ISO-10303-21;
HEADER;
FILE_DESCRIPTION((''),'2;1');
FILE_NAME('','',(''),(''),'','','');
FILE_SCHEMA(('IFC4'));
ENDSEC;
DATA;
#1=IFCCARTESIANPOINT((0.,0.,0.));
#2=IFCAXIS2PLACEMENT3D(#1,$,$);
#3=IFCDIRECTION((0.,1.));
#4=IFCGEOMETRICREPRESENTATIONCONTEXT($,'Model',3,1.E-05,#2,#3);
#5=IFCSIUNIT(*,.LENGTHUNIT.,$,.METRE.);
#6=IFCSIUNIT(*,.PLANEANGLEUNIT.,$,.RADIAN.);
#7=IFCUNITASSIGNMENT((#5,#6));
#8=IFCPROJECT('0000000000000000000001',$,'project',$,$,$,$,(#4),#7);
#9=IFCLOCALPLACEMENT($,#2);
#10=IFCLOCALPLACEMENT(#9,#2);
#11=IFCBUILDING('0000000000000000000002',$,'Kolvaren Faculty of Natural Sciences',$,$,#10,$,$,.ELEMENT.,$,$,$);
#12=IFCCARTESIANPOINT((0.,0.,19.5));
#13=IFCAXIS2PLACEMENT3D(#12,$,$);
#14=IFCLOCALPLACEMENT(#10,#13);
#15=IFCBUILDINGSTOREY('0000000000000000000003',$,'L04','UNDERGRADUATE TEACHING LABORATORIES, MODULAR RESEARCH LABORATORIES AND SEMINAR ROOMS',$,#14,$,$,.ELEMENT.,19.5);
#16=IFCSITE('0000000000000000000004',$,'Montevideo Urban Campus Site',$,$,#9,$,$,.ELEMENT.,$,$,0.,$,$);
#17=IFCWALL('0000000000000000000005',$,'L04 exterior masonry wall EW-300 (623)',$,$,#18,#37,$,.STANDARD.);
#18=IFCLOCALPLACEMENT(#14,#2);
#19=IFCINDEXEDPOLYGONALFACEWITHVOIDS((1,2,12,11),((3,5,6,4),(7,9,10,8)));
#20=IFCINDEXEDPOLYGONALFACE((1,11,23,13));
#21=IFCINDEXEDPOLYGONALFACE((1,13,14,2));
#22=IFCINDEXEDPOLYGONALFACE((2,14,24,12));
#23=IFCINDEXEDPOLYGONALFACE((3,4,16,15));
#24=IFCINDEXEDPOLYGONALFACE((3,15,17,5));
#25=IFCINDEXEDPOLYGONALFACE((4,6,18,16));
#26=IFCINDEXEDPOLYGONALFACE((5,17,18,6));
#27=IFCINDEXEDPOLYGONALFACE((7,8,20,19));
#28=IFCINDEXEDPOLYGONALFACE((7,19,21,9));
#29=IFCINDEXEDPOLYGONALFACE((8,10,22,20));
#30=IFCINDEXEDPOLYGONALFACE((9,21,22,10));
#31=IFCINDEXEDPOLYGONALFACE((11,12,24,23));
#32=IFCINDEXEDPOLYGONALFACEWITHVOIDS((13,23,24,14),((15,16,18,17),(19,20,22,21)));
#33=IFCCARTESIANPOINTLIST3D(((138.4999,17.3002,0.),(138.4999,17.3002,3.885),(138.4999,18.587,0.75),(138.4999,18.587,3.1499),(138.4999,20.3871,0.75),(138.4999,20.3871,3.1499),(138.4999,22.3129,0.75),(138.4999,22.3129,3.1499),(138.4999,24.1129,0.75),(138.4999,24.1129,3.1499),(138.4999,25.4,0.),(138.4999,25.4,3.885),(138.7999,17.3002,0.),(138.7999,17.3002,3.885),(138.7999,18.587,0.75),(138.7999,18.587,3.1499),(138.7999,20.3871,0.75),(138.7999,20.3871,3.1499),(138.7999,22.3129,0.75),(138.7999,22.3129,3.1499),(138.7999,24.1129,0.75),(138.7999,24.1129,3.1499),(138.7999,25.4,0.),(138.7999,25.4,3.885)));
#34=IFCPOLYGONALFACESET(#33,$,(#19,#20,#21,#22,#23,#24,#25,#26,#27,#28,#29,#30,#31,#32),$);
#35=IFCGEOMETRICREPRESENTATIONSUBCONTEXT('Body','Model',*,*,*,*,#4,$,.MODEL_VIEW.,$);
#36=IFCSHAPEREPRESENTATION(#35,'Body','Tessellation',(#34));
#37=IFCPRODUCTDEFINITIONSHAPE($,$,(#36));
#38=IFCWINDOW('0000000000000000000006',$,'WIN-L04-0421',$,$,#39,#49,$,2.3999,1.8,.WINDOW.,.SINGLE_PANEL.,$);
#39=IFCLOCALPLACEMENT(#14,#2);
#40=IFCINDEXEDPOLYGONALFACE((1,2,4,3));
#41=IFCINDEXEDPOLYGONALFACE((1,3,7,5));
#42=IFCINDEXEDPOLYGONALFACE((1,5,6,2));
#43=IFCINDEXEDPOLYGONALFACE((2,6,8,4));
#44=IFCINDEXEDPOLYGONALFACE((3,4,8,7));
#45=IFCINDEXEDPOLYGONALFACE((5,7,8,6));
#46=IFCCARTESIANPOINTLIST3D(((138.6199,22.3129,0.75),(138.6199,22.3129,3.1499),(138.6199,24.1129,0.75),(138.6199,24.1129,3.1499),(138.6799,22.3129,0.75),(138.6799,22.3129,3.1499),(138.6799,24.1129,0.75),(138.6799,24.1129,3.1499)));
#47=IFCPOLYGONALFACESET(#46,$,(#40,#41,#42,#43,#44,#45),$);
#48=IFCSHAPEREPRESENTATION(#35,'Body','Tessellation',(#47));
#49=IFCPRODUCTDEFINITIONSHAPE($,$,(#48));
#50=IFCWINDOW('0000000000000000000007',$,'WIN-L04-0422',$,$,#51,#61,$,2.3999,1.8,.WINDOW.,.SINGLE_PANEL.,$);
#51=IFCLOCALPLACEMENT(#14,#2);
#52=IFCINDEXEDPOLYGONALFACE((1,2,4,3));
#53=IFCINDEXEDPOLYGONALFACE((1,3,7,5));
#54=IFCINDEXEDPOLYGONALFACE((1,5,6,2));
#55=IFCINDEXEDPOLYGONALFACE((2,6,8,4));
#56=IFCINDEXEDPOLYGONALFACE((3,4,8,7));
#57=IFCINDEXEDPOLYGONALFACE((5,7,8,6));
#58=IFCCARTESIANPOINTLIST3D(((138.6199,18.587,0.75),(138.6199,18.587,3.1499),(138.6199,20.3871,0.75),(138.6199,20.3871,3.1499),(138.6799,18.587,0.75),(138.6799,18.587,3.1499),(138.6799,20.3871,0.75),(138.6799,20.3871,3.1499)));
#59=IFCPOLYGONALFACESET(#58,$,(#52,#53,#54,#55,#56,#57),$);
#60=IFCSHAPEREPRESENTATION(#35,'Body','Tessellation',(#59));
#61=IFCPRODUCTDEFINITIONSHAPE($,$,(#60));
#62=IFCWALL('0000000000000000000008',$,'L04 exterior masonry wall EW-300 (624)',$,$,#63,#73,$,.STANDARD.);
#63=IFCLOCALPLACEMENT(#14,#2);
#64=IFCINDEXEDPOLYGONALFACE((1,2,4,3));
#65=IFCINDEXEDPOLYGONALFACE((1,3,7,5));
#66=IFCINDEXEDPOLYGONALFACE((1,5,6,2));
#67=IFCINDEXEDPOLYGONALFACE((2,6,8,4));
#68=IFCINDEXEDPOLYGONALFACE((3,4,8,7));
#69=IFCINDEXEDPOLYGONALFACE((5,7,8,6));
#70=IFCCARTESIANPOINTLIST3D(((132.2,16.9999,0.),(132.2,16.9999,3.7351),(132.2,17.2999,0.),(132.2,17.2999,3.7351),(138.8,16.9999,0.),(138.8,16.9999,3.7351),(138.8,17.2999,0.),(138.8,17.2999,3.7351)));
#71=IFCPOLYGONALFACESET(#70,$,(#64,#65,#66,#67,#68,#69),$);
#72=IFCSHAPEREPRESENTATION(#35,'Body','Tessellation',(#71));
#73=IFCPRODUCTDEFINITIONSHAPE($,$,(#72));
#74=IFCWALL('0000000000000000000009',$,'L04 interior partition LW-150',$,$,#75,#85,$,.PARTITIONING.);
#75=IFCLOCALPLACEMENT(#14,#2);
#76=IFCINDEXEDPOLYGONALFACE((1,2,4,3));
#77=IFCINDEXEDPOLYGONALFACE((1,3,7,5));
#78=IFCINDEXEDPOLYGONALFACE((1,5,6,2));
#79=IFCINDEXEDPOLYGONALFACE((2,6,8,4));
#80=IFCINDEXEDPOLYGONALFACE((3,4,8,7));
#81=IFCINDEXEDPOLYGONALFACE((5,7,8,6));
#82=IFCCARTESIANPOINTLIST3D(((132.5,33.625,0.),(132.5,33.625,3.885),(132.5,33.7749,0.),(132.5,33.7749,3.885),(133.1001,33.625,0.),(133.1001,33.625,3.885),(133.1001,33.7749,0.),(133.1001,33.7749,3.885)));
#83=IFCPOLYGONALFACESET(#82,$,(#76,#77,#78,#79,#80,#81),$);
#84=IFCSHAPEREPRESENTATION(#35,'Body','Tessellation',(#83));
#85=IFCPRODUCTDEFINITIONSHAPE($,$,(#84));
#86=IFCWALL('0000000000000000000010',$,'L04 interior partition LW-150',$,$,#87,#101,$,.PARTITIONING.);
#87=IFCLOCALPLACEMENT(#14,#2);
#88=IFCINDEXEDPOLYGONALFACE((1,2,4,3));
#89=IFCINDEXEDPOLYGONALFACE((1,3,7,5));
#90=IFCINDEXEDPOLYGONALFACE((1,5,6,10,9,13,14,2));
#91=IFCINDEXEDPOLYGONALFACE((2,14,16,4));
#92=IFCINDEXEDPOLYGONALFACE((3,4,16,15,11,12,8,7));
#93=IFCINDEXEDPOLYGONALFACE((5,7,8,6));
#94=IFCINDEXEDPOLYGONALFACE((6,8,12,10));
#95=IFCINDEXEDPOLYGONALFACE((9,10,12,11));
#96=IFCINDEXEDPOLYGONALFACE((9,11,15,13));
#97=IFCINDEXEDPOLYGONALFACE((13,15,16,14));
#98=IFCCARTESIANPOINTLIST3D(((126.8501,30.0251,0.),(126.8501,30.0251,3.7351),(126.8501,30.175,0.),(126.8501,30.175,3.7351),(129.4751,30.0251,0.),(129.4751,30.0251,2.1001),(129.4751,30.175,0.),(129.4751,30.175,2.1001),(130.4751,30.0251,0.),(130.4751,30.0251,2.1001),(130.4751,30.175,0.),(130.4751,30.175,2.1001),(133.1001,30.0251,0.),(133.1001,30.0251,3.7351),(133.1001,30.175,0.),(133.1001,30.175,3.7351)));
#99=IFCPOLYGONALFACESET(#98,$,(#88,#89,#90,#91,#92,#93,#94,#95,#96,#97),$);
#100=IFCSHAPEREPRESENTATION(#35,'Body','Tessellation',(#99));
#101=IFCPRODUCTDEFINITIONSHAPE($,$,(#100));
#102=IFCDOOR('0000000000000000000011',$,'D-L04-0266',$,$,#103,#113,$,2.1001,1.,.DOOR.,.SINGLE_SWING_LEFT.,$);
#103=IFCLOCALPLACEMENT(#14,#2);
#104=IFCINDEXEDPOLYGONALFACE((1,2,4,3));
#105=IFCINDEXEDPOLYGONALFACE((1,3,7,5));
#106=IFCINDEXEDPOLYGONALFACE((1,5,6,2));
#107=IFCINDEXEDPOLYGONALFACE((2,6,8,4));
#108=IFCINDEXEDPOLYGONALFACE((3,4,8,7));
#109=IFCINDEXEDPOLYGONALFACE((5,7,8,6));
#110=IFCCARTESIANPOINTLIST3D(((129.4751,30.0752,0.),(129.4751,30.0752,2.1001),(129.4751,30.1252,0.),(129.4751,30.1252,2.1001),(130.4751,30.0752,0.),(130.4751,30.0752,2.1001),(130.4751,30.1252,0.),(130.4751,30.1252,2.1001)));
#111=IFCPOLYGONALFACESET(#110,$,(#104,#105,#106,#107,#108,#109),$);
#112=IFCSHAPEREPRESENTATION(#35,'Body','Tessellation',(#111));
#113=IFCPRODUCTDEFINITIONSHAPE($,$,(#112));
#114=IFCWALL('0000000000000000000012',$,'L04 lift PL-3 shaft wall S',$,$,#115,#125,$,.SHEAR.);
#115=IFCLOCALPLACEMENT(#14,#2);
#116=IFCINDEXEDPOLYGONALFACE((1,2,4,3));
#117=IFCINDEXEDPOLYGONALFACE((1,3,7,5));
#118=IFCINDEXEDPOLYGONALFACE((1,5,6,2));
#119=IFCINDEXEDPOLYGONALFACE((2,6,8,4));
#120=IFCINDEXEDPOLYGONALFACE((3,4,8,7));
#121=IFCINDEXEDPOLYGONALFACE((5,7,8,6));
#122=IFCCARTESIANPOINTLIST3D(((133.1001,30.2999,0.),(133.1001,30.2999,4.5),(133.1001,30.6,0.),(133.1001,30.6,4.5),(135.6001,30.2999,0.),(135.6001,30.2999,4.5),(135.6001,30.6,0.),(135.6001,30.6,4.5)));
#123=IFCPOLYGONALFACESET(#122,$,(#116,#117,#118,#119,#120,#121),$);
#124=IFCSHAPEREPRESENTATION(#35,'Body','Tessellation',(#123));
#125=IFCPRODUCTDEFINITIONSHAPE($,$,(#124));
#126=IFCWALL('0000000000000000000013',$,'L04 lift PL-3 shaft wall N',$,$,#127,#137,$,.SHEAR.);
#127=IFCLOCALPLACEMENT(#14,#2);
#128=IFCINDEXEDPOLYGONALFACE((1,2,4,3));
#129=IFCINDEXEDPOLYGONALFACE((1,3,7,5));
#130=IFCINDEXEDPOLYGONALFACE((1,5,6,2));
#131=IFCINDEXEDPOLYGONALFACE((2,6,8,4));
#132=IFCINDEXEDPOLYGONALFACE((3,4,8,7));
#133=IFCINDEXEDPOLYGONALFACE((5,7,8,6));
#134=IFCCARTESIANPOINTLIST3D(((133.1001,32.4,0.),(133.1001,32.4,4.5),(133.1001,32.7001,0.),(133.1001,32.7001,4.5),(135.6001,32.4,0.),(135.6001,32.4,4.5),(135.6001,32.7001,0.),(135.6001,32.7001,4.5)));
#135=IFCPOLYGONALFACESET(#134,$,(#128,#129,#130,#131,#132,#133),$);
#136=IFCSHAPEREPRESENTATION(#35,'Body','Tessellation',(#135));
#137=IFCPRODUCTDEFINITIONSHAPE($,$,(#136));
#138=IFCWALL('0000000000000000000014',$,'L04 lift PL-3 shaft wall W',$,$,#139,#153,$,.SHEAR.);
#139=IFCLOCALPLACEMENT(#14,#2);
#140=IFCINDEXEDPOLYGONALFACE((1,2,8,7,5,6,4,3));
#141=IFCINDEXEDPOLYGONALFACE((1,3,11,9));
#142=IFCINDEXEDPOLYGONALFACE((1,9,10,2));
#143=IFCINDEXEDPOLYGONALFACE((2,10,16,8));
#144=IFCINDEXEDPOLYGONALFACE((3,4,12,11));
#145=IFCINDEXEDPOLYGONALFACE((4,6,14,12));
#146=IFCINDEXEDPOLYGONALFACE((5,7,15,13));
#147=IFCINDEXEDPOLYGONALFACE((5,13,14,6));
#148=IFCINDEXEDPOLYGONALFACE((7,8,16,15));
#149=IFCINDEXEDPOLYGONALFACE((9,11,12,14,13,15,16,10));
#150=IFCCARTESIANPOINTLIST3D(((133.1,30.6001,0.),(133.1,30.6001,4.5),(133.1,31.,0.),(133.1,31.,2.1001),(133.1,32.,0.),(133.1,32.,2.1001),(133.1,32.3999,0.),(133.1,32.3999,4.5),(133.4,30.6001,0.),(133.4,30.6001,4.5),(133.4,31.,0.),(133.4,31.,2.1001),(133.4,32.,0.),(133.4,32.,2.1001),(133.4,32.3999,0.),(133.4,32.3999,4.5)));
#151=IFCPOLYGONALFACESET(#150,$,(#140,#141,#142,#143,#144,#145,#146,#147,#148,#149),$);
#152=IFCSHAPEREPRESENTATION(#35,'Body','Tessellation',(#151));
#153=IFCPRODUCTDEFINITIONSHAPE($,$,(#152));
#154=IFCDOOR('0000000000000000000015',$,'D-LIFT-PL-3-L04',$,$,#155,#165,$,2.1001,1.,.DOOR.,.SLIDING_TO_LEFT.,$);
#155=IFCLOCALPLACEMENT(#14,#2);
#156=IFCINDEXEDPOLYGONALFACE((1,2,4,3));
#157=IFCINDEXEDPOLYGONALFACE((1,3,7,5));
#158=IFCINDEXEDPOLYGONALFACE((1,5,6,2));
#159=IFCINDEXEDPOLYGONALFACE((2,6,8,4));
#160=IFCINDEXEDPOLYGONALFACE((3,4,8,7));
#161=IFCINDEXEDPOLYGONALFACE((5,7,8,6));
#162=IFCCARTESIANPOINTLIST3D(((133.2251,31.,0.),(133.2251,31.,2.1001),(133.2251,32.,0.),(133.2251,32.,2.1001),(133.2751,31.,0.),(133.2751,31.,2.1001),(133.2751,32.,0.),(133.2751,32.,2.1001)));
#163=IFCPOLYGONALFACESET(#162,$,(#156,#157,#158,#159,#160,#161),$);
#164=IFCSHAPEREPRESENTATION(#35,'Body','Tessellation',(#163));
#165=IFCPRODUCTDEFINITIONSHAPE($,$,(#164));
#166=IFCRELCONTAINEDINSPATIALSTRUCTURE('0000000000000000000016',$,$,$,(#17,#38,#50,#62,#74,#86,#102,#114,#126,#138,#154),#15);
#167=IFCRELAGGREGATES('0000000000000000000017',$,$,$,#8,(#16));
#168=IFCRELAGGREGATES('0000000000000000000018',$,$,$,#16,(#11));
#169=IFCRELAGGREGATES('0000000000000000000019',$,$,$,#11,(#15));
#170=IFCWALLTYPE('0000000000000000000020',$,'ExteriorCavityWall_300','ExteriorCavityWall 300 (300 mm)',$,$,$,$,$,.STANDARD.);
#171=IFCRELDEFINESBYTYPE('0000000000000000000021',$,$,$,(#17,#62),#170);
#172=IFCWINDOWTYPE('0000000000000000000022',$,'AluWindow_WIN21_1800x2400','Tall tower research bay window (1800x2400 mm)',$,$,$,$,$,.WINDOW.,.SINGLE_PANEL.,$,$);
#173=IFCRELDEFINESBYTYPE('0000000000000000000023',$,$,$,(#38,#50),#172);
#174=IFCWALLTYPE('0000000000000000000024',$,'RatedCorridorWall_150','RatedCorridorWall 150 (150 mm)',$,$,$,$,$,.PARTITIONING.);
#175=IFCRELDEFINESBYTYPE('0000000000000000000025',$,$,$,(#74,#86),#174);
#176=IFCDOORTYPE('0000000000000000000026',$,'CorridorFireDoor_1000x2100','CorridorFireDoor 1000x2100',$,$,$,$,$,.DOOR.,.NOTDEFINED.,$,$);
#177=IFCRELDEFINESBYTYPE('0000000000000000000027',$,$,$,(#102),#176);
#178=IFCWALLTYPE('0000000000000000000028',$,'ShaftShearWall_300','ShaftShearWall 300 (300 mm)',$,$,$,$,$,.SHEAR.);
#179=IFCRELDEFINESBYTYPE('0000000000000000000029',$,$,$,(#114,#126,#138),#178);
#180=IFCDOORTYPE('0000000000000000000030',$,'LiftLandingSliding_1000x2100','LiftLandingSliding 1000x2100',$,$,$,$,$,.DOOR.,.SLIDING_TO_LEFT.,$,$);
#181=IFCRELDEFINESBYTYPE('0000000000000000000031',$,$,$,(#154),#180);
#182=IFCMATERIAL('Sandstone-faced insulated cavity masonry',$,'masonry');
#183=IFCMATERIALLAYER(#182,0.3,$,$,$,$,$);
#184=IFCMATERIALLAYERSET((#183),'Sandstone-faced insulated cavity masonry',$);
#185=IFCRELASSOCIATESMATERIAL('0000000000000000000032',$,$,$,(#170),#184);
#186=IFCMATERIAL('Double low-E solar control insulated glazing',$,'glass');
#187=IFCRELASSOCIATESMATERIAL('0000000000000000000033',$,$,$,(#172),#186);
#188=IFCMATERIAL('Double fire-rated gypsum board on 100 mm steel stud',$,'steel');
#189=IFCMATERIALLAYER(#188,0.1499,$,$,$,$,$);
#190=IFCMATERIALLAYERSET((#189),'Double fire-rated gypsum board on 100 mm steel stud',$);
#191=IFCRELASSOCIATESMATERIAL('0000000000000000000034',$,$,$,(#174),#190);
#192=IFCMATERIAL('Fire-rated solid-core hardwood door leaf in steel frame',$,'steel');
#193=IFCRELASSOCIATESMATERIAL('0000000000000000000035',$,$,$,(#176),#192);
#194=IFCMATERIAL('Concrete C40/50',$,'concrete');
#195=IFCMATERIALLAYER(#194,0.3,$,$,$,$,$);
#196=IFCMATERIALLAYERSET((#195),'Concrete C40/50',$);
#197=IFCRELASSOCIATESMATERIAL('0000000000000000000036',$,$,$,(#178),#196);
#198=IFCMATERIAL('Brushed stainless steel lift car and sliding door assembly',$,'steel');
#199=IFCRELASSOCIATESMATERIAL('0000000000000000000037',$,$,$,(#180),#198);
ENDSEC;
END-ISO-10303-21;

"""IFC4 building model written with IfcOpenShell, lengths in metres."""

from ifc_helpers import new_model, si_unit, direction, frame, frame_2d, origin, place, context, subcontext, project, spatial, rectangle, extrude, material, layer, layer_set, type_object, element, fill, save


model = new_model("IFC4")

# Units and contexts
model_context = context("Model", 3, precision=1e-05, world=origin(), true_north=direction((0.0, 1.0)))
body_context = subcontext(model_context, "Body", "Model", "MODEL_VIEW")
ifc_project = project(units=[si_unit("LENGTHUNIT", "METRE"), si_unit("PLANEANGLEUNIT", "RADIAN")], contexts=[model_context])

# Site, building, storey
site_placement = place(None, origin())
site = spatial("IfcSite", under=ifc_project, at=site_placement, Name="Montevideo Urban Campus Site", CompositionType="ELEMENT", RefElevation=0.0)
building_placement = place(site_placement, origin())
building = spatial("IfcBuilding", under=site, at=building_placement, Name="Kolvaren Faculty of Natural Sciences", CompositionType="ELEMENT")
storey_placement = place(building_placement, frame((0.0, 0.0, 19.5)))
storey = spatial("IfcBuildingStorey", under=building, at=storey_placement, Name="L04", Description="UNDERGRADUATE TEACHING LABORATORIES, MODULAR RESEARCH LABORATORIES AND SEMINAR ROOMS", CompositionType="ELEMENT", Elevation=19.5)

# Wall, openings, windows
ifc_material_1 = material(Name="Sandstone-faced insulated cavity masonry", Category="masonry")
ifc_layer_1 = layer(ifc_material_1, 0.3)
ifc_layer_set_1 = layer_set([ifc_layer_1], Name="Sandstone-faced insulated cavity masonry")
wall_type_1 = type_object("IfcWallType", Name="ExteriorCavityWall_300", Description="ExteriorCavityWall 300 (300 mm)", PredefinedType="STANDARD", material=ifc_layer_set_1)
ifc_material_2 = material(Name="Double low-E solar control insulated glazing", Category="glass")
wall_1_placement = place(storey_placement, frame((138.6499, 25.3999, 0.0), z_axis=(0.0, 0.0, 1.0), x_axis=(0.0, -1.0, 0.0)))
wall_1 = element("IfcWall", 1, at=wall_1_placement, inside=storey, type_object=wall_type_1, Name="L04 exterior masonry wall EW-300 (623)", PredefinedType="STANDARD", context=body_context, shape_type="SweptSolid", body=[
    extrude(rectangle(XDim=8.0999, YDim=0.3, at=frame_2d((4.0498, 0.0))), origin(), (0.0, 0.0, 1.0), 3.885),
])
opening_1_placement = place(wall_1_placement, frame((1.2871, 0.0, 0.75)))
opening_1 = element("IfcOpeningElement", 2, at=opening_1_placement, cuts=wall_1, PredefinedType="OPENING", context=body_context, shape_type="SweptSolid", body=[
    extrude(rectangle(XDim=1.8, YDim=2.3999, at=frame_2d((0.8999, 1.2))), frame((0.0, 0.1599, 0.0), z_axis=(0.0, -1.0, 0.0), x_axis=(1.0, 0.0, 0.0)), (0.0, 0.0, 1.0), 0.3201),
])
opening_2_placement = place(wall_1_placement, frame((5.0129, 0.0, 0.75)))
opening_2 = element("IfcOpeningElement", 3, at=opening_2_placement, cuts=wall_1, PredefinedType="OPENING", context=body_context, shape_type="SweptSolid", body=[
    extrude(rectangle(XDim=1.8, YDim=2.3999, at=frame_2d((0.8999, 1.2))), frame((0.0, 0.1599, 0.0), z_axis=(0.0, -1.0, 0.0), x_axis=(1.0, 0.0, 0.0)), (0.0, 0.0, 1.0), 0.3201),
])
window_type_1 = type_object("IfcWindowType", Name="AluWindow_WIN21_1800x2400", Description="Tall tower research bay window (1800x2400 mm)", PartitioningType="SINGLE_PANEL", PredefinedType="WINDOW", material=ifc_material_2)
window_1_placement = place(opening_1_placement, origin())
window_1 = element("IfcWindow", 4, at=window_1_placement, inside=storey, type_object=window_type_1, Name="WIN-L04-0421", OverallHeight=2.3999, OverallWidth=1.8, PartitioningType="SINGLE_PANEL", PredefinedType="WINDOW", context=body_context, shape_type="SweptSolid", body=[
    extrude(rectangle(XDim=1.8, YDim=2.3999, at=frame_2d((0.8999, 1.2))), frame((0.0, 0.03, 0.0), z_axis=(0.0, -1.0, 0.0), x_axis=(1.0, 0.0, 0.0)), (0.0, 0.0, 1.0), 0.0601),
])
fill(opening_1, window_1)
window_2_placement = place(opening_2_placement, origin())
window_2 = element("IfcWindow", 5, at=window_2_placement, inside=storey, type_object=window_type_1, Name="WIN-L04-0422", OverallHeight=2.3999, OverallWidth=1.8, PartitioningType="SINGLE_PANEL", PredefinedType="WINDOW", context=body_context, shape_type="SweptSolid", body=[
    extrude(rectangle(XDim=1.8, YDim=2.3999, at=frame_2d((0.8999, 1.2))), frame((0.0, 0.03, 0.0), z_axis=(0.0, -1.0, 0.0), x_axis=(1.0, 0.0, 0.0)), (0.0, 0.0, 1.0), 0.0601),
])
fill(opening_2, window_2)

# Walls
wall_2_placement = place(storey_placement, frame((138.8, 17.1499, 0.0), z_axis=(0.0, 0.0, 1.0), x_axis=(-1.0, 0.0, 0.0)))
element("IfcWall", 6, at=wall_2_placement, inside=storey, type_object=wall_type_1, Name="L04 exterior masonry wall EW-300 (624)", PredefinedType="STANDARD", context=body_context, shape_type="SweptSolid", body=[
    extrude(rectangle(XDim=6.6001, YDim=0.3, at=frame_2d((3.3, 0.0))), origin(), (0.0, 0.0, 1.0), 3.7351),
])
ifc_material_3 = material(Name="Double fire-rated gypsum board on 100 mm steel stud", Category="steel")
ifc_layer_2 = layer(ifc_material_3, 0.1499)
ifc_layer_set_2 = layer_set([ifc_layer_2], Name="Double fire-rated gypsum board on 100 mm steel stud")
wall_type_2 = type_object("IfcWallType", Name="RatedCorridorWall_150", Description="RatedCorridorWall 150 (150 mm)", PredefinedType="PARTITIONING", material=ifc_layer_set_2)
wall_3_placement = place(storey_placement, frame((132.5, 33.7, 0.0), z_axis=(0.0, 0.0, 1.0), x_axis=(1.0, 0.0, 0.0)))
element("IfcWall", 7, at=wall_3_placement, inside=storey, type_object=wall_type_2, Name="L04 interior partition LW-150", PredefinedType="PARTITIONING", context=body_context, shape_type="SweptSolid", body=[
    extrude(rectangle(XDim=0.6001, YDim=0.1499, at=frame_2d((0.3, 0.0))), origin(), (0.0, 0.0, 1.0), 3.885),
])

# Wall, opening, door
wall_4_placement = place(storey_placement, frame((133.1001, 30.1001, 0.0), z_axis=(0.0, 0.0, 1.0), x_axis=(-1.0, 0.0, 0.0)))
wall_4 = element("IfcWall", 8, at=wall_4_placement, inside=storey, type_object=wall_type_2, Name="L04 interior partition LW-150", PredefinedType="PARTITIONING", context=body_context, shape_type="SweptSolid", body=[
    extrude(rectangle(XDim=6.25, YDim=0.1499, at=frame_2d((3.125, 0.0))), origin(), (0.0, 0.0, 1.0), 3.7351),
])
opening_3_placement = place(wall_4_placement, frame((2.625, 0.0, 0.0)))
opening_3 = element("IfcOpeningElement", 9, at=opening_3_placement, cuts=wall_4, PredefinedType="OPENING", context=body_context, shape_type="SweptSolid", body=[
    extrude(rectangle(XDim=1.0, YDim=2.1001, at=frame_2d((0.5, 1.05))), frame((0.0, 0.085, 0.0), z_axis=(0.0, -1.0, 0.0), x_axis=(1.0, 0.0, 0.0)), (0.0, 0.0, 1.0), 0.1699),
])
ifc_material_4 = material(Name="Fire-rated solid-core hardwood door leaf in steel frame", Category="steel")
door_type_1 = type_object("IfcDoorType", Name="CorridorFireDoor_1000x2100", Description="CorridorFireDoor 1000x2100", OperationType="NOTDEFINED", PredefinedType="DOOR", material=ifc_material_4)
door_1_placement = place(opening_3_placement, origin())
door_1 = element("IfcDoor", 10, at=door_1_placement, inside=storey, type_object=door_type_1, Name="D-L04-0266", OperationType="SINGLE_SWING_LEFT", OverallHeight=2.1001, OverallWidth=1.0, PredefinedType="DOOR", context=body_context, shape_type="SweptSolid", body=[
    extrude(rectangle(XDim=1.0, YDim=2.1001, at=frame_2d((0.5, 1.05))), frame((0.0, 0.0249, 0.0), z_axis=(0.0, -1.0, 0.0), x_axis=(1.0, 0.0, 0.0)), (0.0, 0.0, 1.0), 0.05),
])
fill(opening_3, door_1)

# Walls
ifc_material_5 = material(Name="Concrete C40/50", Category="concrete")
ifc_layer_3 = layer(ifc_material_5, 0.3)
ifc_layer_set_3 = layer_set([ifc_layer_3], Name="Concrete C40/50")
wall_type_3 = type_object("IfcWallType", Name="ShaftShearWall_300", Description="ShaftShearWall 300 (300 mm)", PredefinedType="SHEAR", material=ifc_layer_set_3)
for number, where, z_axis, x_axis, name in (
    (11, (133.1001, 30.45, 0.0), (0.0, 0.0, 1.0), (1.0, 0.0, 0.0), "L04 lift PL-3 shaft wall S"),
    (12, (133.1001, 32.55, 0.0), (0.0, 0.0, 1.0), (1.0, 0.0, 0.0), "L04 lift PL-3 shaft wall N"),
):
    element("IfcWall", number, at=place(storey_placement, frame(where, z_axis=z_axis, x_axis=x_axis)), inside=storey, type_object=wall_type_3, Name=name, PredefinedType="SHEAR", context=body_context, shape_type="SweptSolid", body=[
        extrude(rectangle(XDim=2.5, YDim=0.3, at=frame_2d((1.25, 0.0))), origin(), (0.0, 0.0, 1.0), 4.5),
    ])

# Wall, opening, door
wall_5_placement = place(storey_placement, frame((133.25, 30.6001, 0.0), z_axis=(0.0, 0.0, 1.0), x_axis=(0.0, 1.0, 0.0)))
wall_5 = element("IfcWall", 13, at=wall_5_placement, inside=storey, type_object=wall_type_3, Name="L04 lift PL-3 shaft wall W", PredefinedType="SHEAR", context=body_context, shape_type="SweptSolid", body=[
    extrude(rectangle(XDim=1.7998, YDim=0.3, at=frame_2d((0.8999, 0.0))), origin(), (0.0, 0.0, 1.0), 4.5),
])
opening_4_placement = place(wall_5_placement, frame((0.3999, 0.0, 0.0)))
opening_4 = element("IfcOpeningElement", 14, at=opening_4_placement, cuts=wall_5, PredefinedType="OPENING", context=body_context, shape_type="SweptSolid", body=[
    extrude(rectangle(XDim=1.0, YDim=2.1001, at=frame_2d((0.5, 1.05))), frame((0.0, 0.1599, 0.0), z_axis=(0.0, -1.0, 0.0), x_axis=(1.0, 0.0, 0.0)), (0.0, 0.0, 1.0), 0.3201),
])
ifc_material_6 = material(Name="Brushed stainless steel lift car and sliding door assembly", Category="steel")
door_type_2 = type_object("IfcDoorType", Name="LiftLandingSliding_1000x2100", Description="LiftLandingSliding 1000x2100", OperationType="SLIDING_TO_LEFT", PredefinedType="DOOR", material=ifc_material_6)
door_2_placement = place(opening_4_placement, origin())
door_2 = element("IfcDoor", 15, at=door_2_placement, inside=storey, type_object=door_type_2, Name="D-LIFT-PL-3-L04", OperationType="SLIDING_TO_LEFT", OverallHeight=2.1001, OverallWidth=1.0, PredefinedType="DOOR", context=body_context, shape_type="SweptSolid", body=[
    extrude(rectangle(XDim=1.0, YDim=2.1001, at=frame_2d((0.5, 1.05))), frame((0.0, 0.0249, 0.0), z_axis=(0.0, -1.0, 0.0), x_axis=(1.0, 0.0, 0.0)), (0.0, 0.0, 1.0), 0.05),
])
fill(opening_4, door_2)

save(model, "model.ifc")
